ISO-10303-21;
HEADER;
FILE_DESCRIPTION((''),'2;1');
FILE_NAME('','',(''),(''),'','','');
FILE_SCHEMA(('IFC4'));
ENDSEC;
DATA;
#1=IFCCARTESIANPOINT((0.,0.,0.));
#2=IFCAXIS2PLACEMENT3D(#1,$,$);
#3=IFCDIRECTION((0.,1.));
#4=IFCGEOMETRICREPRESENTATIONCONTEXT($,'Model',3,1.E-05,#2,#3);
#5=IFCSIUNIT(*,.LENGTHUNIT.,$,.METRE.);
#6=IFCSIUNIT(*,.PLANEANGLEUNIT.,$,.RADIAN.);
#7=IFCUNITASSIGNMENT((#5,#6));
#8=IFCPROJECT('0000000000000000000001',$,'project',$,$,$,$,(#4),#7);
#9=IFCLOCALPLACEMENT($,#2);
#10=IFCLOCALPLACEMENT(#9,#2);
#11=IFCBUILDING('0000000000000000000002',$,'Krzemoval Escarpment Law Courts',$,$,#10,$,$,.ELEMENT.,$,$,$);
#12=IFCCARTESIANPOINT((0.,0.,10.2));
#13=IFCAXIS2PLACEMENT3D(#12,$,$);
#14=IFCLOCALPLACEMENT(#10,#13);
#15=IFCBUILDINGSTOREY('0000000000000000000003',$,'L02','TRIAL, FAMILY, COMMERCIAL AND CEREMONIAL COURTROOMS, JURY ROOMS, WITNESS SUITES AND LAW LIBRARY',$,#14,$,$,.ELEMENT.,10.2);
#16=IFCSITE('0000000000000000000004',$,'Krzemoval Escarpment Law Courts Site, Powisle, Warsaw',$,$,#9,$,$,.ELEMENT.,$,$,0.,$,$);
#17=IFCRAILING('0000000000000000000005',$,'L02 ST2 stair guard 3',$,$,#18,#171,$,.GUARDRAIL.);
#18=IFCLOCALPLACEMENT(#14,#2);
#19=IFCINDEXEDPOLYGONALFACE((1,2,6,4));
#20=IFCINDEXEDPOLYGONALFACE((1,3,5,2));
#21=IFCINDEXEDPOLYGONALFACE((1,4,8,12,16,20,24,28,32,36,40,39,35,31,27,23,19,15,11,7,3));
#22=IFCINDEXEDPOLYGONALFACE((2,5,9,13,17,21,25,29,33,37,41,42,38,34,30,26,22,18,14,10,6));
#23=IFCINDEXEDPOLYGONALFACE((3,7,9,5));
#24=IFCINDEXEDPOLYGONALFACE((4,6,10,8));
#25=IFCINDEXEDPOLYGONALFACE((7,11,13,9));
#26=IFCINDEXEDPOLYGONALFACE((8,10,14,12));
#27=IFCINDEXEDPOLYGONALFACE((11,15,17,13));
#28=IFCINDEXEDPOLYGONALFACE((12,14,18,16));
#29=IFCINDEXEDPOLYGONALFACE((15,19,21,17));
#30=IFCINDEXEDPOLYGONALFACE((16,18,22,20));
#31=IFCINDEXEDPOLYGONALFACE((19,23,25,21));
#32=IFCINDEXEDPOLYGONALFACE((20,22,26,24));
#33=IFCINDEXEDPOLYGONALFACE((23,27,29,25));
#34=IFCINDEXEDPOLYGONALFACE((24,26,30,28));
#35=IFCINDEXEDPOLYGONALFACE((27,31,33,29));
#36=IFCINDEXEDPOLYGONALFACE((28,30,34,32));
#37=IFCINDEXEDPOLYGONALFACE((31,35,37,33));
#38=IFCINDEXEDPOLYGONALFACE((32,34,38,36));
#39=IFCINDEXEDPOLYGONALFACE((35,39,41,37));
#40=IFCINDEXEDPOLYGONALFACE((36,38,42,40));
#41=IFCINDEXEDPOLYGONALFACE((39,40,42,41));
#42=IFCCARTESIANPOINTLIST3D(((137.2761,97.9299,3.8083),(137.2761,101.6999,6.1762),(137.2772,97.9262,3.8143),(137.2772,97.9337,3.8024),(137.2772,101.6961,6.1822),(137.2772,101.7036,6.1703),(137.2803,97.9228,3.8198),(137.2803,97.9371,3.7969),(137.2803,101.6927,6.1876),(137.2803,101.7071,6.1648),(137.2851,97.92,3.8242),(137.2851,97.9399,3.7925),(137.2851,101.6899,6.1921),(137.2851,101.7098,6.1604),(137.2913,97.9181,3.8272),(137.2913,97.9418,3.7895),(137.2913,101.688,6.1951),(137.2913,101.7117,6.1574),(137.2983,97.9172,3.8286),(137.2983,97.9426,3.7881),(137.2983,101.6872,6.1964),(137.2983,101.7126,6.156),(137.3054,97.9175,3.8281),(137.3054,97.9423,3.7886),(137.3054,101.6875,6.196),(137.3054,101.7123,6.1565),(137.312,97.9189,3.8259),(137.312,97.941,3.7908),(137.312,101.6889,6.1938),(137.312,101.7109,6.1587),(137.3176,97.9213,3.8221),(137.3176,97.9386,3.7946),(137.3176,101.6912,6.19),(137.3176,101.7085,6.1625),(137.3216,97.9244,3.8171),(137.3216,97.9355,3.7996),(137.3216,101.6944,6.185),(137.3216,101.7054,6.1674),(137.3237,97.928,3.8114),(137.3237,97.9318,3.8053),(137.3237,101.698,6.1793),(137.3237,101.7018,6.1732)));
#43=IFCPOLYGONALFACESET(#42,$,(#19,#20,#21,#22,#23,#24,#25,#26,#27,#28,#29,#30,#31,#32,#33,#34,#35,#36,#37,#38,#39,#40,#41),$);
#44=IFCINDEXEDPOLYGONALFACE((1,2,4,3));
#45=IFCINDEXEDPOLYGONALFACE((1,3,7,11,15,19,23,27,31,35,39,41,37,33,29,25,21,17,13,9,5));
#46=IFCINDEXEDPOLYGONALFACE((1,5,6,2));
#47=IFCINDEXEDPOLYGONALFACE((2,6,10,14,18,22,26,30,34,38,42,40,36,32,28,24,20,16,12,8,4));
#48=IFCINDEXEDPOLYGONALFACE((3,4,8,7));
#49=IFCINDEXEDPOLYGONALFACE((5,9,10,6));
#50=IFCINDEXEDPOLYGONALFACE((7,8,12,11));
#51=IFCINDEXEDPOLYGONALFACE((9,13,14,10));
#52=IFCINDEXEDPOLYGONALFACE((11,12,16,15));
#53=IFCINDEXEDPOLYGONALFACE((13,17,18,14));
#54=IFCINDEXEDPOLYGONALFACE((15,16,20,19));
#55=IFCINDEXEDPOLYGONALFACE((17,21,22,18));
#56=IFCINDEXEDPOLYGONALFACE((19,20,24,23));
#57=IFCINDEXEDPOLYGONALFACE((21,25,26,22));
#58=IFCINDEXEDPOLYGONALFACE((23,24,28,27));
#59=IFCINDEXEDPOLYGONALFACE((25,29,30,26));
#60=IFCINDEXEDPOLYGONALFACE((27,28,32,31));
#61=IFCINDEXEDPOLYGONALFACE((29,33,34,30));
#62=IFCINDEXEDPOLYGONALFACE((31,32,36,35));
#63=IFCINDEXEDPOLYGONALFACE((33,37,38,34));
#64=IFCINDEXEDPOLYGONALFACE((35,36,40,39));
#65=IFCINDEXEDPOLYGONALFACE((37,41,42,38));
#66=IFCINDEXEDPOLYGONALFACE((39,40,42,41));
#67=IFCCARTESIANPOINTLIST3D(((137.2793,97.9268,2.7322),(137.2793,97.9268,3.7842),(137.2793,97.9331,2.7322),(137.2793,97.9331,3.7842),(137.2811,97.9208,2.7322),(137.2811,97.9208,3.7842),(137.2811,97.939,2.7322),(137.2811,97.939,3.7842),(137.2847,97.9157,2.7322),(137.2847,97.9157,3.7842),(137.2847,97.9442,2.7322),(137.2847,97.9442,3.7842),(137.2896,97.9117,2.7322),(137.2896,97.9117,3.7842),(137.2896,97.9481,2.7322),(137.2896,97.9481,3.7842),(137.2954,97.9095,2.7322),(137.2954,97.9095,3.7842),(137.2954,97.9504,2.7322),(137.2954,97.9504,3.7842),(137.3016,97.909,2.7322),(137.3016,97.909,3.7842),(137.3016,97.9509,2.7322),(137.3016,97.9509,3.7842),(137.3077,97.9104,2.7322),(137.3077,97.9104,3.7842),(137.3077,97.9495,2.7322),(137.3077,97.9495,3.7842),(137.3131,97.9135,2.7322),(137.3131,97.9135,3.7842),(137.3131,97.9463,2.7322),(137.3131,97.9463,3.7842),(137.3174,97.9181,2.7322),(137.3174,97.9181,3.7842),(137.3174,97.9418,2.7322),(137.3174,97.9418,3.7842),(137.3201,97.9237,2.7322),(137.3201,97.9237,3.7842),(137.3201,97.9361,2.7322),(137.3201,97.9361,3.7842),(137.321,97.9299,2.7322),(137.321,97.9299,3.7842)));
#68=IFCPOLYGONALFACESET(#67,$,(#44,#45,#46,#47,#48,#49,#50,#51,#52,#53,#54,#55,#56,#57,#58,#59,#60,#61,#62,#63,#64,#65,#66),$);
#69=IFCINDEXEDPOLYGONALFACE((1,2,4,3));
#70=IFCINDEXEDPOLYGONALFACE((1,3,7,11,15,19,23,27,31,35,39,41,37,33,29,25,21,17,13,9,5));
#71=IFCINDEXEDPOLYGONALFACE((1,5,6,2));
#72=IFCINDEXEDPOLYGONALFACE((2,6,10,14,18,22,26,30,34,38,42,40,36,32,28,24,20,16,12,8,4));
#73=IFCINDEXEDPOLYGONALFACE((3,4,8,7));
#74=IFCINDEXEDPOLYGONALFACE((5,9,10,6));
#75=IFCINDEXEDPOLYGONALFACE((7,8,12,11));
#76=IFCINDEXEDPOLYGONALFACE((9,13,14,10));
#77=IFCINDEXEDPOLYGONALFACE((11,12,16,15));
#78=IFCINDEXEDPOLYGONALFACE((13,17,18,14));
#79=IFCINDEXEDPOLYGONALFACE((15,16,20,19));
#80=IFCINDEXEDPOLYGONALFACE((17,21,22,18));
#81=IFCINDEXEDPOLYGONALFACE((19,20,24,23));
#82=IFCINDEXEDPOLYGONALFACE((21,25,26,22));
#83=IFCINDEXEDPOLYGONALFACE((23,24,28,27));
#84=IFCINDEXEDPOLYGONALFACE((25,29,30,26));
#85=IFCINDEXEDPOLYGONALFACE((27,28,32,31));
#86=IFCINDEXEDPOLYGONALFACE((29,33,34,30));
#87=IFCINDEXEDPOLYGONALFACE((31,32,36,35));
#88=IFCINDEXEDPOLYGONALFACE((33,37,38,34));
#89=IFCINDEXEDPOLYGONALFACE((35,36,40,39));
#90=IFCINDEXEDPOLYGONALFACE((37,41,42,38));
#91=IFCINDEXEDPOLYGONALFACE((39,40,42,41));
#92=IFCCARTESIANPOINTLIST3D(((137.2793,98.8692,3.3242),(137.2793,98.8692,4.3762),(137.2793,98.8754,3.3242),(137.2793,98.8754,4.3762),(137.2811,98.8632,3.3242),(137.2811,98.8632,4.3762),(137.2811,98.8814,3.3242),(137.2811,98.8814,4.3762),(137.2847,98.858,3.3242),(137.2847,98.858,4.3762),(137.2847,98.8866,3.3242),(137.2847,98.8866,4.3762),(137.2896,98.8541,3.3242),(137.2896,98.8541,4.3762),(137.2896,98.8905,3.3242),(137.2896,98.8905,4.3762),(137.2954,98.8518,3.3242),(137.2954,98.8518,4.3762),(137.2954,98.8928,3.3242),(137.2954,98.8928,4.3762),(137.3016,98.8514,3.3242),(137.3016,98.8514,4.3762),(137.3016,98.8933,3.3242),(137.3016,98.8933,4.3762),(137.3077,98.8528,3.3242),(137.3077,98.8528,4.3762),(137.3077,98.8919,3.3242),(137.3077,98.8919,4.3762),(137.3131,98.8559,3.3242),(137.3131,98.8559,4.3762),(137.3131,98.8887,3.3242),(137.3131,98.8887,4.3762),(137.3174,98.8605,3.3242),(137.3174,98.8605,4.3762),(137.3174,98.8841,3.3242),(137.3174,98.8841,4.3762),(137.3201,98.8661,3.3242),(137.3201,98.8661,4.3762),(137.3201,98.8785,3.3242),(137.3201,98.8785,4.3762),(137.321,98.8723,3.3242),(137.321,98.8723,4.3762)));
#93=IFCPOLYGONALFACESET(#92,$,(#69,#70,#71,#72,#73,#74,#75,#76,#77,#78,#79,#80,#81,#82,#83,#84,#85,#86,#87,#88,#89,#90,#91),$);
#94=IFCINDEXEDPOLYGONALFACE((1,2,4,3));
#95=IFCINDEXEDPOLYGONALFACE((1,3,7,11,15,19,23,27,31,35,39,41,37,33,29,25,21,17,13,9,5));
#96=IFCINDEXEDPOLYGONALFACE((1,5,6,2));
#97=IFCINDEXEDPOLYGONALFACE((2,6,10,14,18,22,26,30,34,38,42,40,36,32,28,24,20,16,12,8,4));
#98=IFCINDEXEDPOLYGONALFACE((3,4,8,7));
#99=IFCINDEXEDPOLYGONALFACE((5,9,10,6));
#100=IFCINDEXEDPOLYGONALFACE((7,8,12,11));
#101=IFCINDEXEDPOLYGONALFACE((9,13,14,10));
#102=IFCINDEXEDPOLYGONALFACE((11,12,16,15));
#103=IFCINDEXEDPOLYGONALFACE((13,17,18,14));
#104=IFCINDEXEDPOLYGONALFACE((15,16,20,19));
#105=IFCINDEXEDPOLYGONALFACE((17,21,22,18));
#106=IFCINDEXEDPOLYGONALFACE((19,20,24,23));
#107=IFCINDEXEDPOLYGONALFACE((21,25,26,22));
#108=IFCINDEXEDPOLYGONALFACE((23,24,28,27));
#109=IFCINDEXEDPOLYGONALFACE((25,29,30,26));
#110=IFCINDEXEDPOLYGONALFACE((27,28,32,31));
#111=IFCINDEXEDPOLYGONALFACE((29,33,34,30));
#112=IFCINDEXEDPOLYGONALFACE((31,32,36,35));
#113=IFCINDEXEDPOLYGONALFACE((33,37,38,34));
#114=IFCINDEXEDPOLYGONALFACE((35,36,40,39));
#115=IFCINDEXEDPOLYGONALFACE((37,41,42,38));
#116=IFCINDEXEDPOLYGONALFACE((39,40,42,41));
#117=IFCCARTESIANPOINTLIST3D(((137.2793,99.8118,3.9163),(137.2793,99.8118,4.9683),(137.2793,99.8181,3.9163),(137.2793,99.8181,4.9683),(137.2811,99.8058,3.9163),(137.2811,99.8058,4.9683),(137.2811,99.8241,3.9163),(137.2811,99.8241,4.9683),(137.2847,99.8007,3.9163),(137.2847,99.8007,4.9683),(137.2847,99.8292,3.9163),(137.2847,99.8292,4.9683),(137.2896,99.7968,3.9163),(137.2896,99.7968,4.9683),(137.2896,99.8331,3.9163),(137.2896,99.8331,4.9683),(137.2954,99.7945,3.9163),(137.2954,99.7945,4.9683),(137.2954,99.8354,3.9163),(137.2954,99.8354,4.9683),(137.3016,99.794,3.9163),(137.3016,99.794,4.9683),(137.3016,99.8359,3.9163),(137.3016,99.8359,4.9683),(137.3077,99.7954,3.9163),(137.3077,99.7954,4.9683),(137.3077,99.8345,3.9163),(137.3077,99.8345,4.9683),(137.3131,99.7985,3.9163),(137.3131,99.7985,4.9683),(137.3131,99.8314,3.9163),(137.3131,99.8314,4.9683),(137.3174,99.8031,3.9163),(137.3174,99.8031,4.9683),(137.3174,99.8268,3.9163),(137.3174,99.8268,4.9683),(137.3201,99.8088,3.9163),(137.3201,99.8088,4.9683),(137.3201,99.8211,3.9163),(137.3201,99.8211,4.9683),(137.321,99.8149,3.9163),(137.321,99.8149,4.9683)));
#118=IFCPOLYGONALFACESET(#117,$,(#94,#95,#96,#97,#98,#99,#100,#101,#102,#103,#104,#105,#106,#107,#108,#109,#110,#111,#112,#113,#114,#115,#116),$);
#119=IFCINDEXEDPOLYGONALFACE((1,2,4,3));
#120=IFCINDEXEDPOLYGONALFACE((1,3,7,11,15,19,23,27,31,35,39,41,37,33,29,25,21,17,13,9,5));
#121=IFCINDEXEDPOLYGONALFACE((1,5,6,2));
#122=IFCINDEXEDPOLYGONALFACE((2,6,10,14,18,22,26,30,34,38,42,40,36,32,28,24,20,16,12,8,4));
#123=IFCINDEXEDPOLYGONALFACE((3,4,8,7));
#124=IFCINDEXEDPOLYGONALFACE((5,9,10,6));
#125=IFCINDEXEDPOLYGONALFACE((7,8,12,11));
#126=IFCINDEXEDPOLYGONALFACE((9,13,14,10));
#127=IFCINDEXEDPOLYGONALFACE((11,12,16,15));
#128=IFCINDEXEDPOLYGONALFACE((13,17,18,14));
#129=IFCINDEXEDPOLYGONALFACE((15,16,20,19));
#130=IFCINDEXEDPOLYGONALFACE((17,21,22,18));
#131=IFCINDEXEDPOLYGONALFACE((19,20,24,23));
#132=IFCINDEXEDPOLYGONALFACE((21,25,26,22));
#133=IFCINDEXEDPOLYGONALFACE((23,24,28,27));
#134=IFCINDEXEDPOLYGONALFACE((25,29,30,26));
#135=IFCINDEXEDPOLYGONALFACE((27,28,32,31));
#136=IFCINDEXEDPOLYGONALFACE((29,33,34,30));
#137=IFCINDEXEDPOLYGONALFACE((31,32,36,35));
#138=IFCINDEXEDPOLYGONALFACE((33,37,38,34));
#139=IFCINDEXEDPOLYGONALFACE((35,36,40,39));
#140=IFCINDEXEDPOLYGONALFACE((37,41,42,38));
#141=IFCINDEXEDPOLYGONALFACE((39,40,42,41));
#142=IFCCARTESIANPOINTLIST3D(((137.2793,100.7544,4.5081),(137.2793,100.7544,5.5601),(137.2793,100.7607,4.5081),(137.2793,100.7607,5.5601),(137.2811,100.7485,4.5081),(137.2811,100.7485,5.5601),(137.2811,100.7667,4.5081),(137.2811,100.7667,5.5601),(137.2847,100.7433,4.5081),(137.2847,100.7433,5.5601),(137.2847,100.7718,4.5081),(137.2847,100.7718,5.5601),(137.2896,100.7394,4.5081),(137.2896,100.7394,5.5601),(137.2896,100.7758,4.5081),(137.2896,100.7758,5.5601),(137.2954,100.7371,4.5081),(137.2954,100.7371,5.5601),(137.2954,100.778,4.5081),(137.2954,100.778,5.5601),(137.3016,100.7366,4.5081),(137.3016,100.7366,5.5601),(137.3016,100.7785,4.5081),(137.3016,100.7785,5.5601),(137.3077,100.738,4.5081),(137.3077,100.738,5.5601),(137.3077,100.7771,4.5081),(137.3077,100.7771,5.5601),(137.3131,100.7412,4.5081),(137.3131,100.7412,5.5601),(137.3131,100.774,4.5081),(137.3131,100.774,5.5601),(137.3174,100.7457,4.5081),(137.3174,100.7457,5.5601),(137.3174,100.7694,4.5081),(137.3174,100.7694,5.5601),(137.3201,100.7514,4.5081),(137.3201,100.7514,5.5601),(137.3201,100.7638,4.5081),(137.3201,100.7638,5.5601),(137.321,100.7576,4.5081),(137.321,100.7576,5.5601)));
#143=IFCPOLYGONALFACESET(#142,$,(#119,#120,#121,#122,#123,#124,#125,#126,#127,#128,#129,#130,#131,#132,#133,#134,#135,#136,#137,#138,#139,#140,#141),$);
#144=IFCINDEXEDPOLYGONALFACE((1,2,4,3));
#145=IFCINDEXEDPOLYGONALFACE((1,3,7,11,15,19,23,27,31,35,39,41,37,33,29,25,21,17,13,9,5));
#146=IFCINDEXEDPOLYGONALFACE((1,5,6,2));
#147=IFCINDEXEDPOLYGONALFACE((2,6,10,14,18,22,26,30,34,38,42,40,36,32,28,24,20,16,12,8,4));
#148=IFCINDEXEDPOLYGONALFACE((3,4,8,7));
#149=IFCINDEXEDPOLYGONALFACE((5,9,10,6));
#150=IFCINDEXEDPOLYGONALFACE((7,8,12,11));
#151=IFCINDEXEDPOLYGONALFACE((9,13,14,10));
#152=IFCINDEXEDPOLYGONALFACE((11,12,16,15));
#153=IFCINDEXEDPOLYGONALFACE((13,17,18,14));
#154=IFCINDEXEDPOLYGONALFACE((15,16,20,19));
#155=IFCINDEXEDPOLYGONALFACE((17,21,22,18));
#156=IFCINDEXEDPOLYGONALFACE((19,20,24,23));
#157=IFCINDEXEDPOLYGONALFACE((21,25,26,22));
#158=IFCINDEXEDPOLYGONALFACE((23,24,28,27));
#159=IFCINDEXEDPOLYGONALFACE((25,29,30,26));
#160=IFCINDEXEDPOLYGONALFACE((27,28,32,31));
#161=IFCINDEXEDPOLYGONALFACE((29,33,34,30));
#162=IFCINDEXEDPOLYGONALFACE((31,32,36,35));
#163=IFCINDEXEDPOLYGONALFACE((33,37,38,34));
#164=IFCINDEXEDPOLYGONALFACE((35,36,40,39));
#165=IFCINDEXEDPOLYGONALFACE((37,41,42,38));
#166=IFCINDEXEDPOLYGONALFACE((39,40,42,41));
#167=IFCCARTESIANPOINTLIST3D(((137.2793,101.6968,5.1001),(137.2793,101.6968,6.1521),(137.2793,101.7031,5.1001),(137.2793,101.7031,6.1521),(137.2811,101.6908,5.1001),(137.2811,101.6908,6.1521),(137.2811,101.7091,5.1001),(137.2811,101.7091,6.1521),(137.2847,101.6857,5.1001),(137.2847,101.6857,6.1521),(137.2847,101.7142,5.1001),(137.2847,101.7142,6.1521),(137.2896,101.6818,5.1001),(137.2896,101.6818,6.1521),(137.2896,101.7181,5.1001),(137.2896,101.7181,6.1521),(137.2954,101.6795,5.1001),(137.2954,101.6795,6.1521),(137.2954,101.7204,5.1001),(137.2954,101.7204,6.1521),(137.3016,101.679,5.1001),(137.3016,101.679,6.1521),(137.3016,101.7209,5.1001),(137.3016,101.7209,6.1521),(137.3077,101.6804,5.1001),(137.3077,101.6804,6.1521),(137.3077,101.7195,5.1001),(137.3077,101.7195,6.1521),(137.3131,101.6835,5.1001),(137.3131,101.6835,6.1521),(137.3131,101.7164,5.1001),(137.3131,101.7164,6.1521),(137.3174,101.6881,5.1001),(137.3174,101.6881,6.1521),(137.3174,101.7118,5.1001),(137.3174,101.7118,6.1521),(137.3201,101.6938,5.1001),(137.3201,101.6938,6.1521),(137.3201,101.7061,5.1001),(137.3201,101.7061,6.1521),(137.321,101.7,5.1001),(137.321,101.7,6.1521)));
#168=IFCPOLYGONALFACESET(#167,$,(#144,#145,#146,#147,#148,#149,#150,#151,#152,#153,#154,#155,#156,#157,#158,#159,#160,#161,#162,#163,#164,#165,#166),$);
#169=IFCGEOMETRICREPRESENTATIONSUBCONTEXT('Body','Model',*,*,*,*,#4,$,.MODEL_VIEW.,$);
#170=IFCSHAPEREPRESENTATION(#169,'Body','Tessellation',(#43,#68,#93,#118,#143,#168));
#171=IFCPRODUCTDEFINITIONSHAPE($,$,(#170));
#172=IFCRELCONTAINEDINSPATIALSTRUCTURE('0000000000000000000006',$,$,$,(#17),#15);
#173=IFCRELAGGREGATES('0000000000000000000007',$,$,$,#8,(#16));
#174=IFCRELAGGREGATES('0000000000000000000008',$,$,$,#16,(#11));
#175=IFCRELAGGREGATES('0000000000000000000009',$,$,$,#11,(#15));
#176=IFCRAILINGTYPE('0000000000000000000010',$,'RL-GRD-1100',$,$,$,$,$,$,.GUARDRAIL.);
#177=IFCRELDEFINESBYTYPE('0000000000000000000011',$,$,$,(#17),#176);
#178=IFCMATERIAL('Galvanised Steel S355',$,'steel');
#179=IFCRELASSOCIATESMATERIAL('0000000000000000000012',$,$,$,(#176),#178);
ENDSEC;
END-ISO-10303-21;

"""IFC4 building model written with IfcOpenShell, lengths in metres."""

from ifc_helpers import new_model, si_unit, direction, frame, origin, origin_2d, place, context, subcontext, project, spatial, circle, extrude, material, type_object, element, save


model = new_model("IFC4")

# Units and contexts
model_context = context("Model", 3, precision=1e-05, world=origin(), true_north=direction((0.0, 1.0)))
body_context = subcontext(model_context, "Body", "Model", "MODEL_VIEW")
ifc_project = project(units=[si_unit("LENGTHUNIT", "METRE"), si_unit("PLANEANGLEUNIT", "RADIAN")], contexts=[model_context])

# Site, building, storey
site_placement = place(None, origin())
site = spatial("IfcSite", under=ifc_project, at=site_placement, Name="Krzemoval Escarpment Law Courts Site, Powisle, Warsaw", CompositionType="ELEMENT", RefElevation=0.0)
building_placement = place(site_placement, origin())
building = spatial("IfcBuilding", under=site, at=building_placement, Name="Krzemoval Escarpment Law Courts", CompositionType="ELEMENT")
storey_placement = place(building_placement, frame((0.0, 0.0, 10.2)))
storey = spatial("IfcBuildingStorey", under=building, at=storey_placement, Name="L02", Description="TRIAL, FAMILY, COMMERCIAL AND CEREMONIAL COURTROOMS, JURY ROOMS, WITNESS SUITES AND LAW LIBRARY", CompositionType="ELEMENT", Elevation=10.2)

# Railing
ifc_material_1 = material(Name="Galvanised Steel S355", Category="steel")
railing_type_1 = type_object("IfcRailingType", Name="RL-GRD-1100", PredefinedType="GUARDRAIL", material=ifc_material_1)
railing_1_placement = place(storey_placement, frame((137.3, 97.9299, 2.7322)))
element("IfcRailing", 1, at=railing_1_placement, inside=storey, type_object=railing_type_1, Name="L02 ST2 stair guard 3", PredefinedType="GUARDRAIL", context=body_context, shape_type="SweptSolid", body=[
    extrude(circle(Radius=0.0239, at=origin_2d()), frame((0.0, 0.0, 1.0762), z_axis=(0.0, 0.846819, 0.531881), x_axis=(-1.0, 0.0, 0.0)), (0.0, 0.0, 1.0), 4.4519),
    extrude(circle(Radius=0.021, at=origin_2d()), origin(), (0.0, 0.0, 1.0), 1.052),
    extrude(circle(Radius=0.021, at=origin_2d()), frame((0.0, 0.9424, 0.592)), (0.0, 0.0, 1.0), 1.052),
    extrude(circle(Radius=0.021, at=origin_2d()), frame((0.0, 1.885, 1.1841)), (0.0, 0.0, 1.0), 1.052),
    extrude(circle(Radius=0.021, at=origin_2d()), frame((0.0, 2.8276, 1.7759)), (0.0, 0.0, 1.0), 1.052),
    extrude(circle(Radius=0.021, at=origin_2d()), frame((0.0, 3.77, 2.3679)), (0.0, 0.0, 1.0), 1.052),
])

save(model, "model.ifc")
